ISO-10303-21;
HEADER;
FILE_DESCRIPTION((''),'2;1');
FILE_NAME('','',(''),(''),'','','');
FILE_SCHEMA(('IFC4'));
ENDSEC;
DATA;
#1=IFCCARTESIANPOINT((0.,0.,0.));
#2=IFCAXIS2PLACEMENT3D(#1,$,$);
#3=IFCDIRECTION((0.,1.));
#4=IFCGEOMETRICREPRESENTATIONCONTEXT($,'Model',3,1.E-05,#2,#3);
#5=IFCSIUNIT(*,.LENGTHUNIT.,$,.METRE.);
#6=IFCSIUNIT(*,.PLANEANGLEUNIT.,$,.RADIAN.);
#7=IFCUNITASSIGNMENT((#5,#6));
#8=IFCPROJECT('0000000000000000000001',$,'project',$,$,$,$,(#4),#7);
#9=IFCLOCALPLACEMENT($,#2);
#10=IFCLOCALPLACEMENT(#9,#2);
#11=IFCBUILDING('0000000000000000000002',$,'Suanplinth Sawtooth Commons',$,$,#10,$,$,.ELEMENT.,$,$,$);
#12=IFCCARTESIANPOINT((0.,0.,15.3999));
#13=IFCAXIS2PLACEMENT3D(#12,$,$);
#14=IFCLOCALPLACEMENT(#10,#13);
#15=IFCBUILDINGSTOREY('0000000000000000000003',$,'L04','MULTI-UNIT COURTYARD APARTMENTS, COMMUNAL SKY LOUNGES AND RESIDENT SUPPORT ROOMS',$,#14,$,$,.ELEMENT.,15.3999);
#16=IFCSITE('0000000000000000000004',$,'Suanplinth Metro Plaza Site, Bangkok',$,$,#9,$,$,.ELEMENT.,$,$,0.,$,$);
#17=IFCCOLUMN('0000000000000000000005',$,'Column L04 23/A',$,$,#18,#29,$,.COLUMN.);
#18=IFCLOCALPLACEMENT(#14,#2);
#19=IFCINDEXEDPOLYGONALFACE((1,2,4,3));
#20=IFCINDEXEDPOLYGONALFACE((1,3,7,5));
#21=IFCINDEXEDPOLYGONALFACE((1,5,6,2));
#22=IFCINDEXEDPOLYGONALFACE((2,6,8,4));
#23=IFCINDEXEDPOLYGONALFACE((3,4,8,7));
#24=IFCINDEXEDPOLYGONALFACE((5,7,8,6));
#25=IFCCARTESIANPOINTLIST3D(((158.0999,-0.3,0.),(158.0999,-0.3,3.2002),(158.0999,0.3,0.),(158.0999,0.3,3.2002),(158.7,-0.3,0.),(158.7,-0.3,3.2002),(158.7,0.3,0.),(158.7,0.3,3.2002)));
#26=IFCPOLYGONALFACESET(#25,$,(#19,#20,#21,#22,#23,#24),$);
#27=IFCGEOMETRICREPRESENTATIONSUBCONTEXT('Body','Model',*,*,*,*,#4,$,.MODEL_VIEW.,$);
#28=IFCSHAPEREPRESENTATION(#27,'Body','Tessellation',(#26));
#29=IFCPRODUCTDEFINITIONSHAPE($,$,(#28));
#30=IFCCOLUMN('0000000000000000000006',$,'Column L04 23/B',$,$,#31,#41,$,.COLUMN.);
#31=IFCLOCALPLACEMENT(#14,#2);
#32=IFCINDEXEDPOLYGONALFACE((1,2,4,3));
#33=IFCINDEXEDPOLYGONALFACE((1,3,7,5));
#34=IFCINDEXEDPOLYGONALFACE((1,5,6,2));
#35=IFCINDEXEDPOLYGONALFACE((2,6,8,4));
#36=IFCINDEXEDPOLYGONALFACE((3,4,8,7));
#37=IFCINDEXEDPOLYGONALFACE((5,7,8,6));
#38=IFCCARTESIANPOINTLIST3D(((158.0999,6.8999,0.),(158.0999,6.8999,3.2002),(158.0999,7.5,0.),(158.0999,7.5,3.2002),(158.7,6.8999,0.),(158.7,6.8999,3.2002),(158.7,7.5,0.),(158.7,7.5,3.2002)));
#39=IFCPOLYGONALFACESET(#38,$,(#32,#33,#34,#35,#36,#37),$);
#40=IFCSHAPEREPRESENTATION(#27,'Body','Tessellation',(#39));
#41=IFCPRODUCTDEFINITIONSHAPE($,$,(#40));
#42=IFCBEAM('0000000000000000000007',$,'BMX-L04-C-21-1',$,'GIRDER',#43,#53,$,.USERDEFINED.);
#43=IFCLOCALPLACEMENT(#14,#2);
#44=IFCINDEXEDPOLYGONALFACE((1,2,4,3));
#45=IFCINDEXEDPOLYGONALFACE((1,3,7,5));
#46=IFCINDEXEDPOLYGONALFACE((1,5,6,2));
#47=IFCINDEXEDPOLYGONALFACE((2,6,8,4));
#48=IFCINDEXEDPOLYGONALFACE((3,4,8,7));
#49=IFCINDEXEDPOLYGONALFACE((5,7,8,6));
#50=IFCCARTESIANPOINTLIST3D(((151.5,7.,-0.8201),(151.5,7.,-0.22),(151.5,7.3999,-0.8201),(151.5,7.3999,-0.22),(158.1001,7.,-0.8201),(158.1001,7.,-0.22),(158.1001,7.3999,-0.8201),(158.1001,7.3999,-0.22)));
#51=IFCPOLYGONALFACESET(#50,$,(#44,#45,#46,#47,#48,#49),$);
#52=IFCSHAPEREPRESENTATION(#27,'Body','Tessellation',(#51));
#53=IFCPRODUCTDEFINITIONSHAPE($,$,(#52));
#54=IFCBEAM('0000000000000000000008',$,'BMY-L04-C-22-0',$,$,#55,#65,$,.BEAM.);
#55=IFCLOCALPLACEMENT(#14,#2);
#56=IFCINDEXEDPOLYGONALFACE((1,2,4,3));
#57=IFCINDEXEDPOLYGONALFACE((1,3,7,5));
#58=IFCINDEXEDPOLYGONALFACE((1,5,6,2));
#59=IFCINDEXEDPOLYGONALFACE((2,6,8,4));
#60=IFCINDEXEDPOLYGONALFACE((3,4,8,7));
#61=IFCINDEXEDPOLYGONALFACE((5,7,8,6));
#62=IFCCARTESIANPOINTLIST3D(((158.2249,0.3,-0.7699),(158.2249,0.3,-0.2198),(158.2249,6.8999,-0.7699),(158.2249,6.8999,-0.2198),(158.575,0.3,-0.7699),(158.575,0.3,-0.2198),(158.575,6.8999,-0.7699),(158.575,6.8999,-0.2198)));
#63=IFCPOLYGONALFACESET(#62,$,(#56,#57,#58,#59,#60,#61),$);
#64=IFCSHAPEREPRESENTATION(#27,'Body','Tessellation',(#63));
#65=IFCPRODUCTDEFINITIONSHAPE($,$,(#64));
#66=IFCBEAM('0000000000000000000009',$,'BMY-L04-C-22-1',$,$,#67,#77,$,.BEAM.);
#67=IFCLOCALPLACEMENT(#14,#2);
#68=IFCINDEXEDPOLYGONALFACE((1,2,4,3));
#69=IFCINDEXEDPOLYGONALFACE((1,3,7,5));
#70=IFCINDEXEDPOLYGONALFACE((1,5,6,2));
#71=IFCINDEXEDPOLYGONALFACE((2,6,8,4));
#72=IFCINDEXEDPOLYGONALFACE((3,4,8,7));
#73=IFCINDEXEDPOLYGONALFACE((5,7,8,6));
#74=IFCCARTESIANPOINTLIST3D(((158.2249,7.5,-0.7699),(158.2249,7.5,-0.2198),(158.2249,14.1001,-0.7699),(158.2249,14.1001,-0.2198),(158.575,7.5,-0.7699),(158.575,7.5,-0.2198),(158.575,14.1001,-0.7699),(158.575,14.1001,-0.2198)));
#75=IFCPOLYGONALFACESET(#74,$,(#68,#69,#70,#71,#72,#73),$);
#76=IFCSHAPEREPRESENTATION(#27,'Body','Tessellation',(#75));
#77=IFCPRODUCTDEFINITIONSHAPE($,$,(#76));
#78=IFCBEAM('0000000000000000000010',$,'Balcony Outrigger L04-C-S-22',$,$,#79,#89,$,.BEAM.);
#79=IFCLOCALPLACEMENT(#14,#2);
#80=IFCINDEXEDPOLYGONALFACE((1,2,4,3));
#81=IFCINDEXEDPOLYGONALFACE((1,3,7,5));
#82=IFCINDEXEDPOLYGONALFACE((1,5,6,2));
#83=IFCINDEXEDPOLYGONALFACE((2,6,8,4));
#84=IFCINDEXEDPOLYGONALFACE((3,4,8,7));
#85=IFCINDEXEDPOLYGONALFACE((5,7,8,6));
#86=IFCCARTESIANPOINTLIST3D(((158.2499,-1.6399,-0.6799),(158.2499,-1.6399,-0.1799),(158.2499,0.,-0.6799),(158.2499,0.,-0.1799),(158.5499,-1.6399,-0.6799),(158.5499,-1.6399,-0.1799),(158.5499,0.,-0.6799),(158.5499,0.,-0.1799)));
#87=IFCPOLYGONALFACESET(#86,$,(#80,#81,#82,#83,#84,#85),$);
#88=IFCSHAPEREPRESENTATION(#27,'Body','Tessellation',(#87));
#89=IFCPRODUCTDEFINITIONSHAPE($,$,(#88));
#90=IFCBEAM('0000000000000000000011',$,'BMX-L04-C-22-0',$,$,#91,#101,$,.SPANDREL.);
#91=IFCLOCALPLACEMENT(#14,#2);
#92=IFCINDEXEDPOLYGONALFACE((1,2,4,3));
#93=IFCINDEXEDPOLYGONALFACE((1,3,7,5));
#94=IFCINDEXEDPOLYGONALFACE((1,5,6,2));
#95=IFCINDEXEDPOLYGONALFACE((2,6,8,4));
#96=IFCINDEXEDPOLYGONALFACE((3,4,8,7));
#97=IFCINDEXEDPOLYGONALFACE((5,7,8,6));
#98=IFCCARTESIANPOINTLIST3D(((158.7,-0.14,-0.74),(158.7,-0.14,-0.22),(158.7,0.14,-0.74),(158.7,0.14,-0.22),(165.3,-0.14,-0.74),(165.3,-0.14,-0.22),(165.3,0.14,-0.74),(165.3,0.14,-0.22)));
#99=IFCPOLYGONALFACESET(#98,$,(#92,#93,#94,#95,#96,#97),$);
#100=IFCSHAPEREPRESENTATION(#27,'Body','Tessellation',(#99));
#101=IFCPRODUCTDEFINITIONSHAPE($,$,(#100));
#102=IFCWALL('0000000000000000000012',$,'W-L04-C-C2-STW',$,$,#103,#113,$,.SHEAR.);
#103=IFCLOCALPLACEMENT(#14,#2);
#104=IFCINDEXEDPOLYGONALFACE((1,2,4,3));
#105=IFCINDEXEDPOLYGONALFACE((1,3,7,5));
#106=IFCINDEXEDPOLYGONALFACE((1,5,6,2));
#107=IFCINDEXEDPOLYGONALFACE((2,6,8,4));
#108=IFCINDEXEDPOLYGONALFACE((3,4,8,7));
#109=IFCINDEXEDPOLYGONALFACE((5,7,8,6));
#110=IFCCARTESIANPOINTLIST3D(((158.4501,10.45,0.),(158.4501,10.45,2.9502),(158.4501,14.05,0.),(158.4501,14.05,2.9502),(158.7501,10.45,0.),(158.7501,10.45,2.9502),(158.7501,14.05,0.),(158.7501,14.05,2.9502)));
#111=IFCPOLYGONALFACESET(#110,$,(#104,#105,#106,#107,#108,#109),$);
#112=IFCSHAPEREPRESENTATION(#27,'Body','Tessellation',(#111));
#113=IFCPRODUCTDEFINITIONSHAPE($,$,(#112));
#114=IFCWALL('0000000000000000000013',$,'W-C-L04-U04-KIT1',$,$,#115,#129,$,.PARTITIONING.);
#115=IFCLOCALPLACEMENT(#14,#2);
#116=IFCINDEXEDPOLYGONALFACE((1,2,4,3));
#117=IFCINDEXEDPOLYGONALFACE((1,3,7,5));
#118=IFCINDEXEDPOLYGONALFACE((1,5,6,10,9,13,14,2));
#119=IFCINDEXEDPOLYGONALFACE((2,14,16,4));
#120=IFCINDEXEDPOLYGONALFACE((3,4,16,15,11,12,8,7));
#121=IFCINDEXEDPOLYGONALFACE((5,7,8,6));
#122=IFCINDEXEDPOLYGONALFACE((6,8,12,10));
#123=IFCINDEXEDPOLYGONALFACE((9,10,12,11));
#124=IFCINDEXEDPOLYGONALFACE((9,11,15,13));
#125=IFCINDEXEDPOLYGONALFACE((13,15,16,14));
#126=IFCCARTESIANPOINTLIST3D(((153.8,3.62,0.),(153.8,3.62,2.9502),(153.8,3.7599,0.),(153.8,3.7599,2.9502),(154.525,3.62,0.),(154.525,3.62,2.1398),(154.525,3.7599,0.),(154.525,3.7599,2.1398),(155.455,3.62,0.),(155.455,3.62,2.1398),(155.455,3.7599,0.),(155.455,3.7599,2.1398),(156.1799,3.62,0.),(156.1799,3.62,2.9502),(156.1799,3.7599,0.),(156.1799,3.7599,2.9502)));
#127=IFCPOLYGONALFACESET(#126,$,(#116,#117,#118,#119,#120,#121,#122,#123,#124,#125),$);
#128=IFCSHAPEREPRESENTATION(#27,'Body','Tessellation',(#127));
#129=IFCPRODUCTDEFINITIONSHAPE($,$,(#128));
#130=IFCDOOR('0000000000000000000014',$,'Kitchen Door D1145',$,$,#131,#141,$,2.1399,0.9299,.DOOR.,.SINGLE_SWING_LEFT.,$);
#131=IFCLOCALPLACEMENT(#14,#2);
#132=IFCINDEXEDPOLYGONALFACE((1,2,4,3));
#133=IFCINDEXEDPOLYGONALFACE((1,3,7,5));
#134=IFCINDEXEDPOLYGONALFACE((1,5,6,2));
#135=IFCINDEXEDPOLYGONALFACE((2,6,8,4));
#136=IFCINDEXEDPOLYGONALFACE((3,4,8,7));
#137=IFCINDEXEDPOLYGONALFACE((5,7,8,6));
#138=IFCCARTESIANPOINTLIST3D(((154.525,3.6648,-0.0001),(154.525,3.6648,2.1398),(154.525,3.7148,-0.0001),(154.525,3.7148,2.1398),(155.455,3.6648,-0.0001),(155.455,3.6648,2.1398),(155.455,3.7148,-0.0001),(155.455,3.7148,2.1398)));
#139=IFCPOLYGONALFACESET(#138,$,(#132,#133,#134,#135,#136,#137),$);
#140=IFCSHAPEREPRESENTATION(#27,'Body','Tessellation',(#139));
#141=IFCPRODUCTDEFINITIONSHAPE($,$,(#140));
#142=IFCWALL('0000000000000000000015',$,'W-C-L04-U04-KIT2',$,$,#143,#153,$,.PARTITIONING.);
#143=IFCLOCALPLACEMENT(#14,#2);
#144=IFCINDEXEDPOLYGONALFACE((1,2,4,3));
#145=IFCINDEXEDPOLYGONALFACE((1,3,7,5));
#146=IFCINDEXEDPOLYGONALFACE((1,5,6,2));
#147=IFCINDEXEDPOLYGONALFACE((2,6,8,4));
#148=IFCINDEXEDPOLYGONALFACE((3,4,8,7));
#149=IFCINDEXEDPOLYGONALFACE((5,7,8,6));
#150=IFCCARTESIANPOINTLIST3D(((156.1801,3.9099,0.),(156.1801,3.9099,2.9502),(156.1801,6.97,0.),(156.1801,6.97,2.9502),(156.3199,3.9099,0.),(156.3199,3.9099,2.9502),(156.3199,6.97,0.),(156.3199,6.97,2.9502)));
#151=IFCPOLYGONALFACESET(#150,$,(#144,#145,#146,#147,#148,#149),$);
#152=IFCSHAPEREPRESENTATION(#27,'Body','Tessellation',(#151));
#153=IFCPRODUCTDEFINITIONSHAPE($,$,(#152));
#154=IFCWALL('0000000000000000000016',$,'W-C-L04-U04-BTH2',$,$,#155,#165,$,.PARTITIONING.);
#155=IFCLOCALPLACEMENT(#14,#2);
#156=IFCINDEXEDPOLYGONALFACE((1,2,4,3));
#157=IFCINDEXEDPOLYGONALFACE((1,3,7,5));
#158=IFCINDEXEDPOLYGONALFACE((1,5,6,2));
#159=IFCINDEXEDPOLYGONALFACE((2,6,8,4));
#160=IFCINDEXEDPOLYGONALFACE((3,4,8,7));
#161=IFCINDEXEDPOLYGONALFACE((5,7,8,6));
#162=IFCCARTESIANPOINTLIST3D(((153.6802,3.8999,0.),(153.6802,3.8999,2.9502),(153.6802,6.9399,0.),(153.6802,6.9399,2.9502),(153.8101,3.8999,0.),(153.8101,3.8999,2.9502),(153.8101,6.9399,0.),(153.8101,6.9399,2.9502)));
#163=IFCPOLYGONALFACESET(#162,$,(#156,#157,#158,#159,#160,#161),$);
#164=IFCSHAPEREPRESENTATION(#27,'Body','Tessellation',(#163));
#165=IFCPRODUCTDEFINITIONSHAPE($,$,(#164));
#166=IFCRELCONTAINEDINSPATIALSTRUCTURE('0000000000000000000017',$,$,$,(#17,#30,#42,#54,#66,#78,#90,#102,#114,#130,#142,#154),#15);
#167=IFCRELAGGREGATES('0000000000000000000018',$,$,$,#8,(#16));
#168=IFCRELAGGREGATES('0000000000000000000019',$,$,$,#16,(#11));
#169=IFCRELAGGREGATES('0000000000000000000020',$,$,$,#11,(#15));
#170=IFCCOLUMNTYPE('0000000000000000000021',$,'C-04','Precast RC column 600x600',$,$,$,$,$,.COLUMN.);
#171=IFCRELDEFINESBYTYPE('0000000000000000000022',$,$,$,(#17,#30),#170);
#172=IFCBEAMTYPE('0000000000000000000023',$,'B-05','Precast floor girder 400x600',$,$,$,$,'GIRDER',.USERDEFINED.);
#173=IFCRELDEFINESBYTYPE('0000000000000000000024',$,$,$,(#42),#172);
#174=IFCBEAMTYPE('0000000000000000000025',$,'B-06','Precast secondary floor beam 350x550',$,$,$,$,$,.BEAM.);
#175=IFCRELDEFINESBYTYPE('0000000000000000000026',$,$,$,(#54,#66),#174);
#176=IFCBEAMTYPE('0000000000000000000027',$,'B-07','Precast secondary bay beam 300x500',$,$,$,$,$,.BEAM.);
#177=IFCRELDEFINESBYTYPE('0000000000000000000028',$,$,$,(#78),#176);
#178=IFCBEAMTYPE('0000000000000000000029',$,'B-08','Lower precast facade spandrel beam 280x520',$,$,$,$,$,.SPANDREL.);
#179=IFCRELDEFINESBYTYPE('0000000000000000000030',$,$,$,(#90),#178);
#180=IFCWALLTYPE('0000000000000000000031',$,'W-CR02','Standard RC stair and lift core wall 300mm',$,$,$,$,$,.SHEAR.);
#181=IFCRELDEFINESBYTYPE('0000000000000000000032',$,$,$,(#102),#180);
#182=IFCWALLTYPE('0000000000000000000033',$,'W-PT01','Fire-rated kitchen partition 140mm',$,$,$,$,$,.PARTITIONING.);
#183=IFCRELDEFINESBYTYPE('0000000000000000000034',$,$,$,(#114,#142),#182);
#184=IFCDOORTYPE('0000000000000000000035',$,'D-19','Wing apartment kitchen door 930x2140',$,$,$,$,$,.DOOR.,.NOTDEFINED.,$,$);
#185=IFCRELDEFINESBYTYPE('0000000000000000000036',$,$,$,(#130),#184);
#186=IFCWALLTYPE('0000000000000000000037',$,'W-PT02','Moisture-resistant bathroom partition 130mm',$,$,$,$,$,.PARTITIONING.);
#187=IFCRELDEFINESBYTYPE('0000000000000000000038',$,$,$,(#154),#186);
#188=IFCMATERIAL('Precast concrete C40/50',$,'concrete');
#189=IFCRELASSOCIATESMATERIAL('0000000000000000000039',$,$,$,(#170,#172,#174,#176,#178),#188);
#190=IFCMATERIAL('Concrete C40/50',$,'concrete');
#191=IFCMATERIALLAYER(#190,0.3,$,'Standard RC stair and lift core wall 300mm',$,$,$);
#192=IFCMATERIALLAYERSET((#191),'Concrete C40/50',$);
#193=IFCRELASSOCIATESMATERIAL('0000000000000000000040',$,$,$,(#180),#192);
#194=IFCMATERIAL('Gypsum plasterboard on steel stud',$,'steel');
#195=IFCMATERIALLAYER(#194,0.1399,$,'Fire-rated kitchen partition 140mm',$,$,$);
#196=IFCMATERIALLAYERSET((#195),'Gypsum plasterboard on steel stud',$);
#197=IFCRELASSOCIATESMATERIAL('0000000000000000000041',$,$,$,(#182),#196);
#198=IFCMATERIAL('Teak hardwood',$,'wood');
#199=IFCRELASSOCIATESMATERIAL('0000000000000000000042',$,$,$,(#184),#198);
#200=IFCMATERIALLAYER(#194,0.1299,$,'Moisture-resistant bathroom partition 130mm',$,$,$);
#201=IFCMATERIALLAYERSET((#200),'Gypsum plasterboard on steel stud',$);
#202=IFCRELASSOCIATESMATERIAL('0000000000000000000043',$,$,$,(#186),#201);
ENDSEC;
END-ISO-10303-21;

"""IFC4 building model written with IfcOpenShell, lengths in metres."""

from ifc_helpers import new_model, si_unit, direction, frame, frame_2d, origin, origin_2d, place, context, subcontext, project, spatial, rectangle, extrude, material, layer, layer_set, material_profile, profile_set, type_object, element, fill, save


model = new_model("IFC4")

# Units and contexts
model_context = context("Model", 3, precision=1e-05, world=origin(), true_north=direction((0.0, 1.0)))
body_context = subcontext(model_context, "Body", "Model", "MODEL_VIEW")
ifc_project = project(units=[si_unit("LENGTHUNIT", "METRE"), si_unit("PLANEANGLEUNIT", "RADIAN")], contexts=[model_context])

# Site, building, storey
site_placement = place(None, origin())
site = spatial("IfcSite", under=ifc_project, at=site_placement, Name="Suanplinth Metro Plaza Site, Bangkok", CompositionType="ELEMENT", RefElevation=0.0)
building_placement = place(site_placement, origin())
building = spatial("IfcBuilding", under=site, at=building_placement, Name="Suanplinth Sawtooth Commons", CompositionType="ELEMENT")
storey_placement = place(building_placement, frame((0.0, 0.0, 15.3999)))
storey = spatial("IfcBuildingStorey", under=building, at=storey_placement, Name="L04", Description="MULTI-UNIT COURTYARD APARTMENTS, COMMUNAL SKY LOUNGES AND RESIDENT SUPPORT ROOMS", CompositionType="ELEMENT", Elevation=15.3999)

# Columns
ifc_material_1 = material(Name="Precast concrete C40/50", Category="concrete")
ifc_material_profile_1 = material_profile(ifc_material_1, rectangle(XDim=0.6001, YDim=0.6001, at=origin_2d()), Name="PC-COL 600x600")
ifc_profile_set_1 = profile_set([ifc_material_profile_1], Name="Precast concrete C40/50")
column_type = type_object("IfcColumnType", Name="C-04", Description="Precast RC column 600x600", PredefinedType="COLUMN", material=ifc_profile_set_1)
for number, where, z_axis, x_axis, name in (
    (1, (158.3999, 0.0, 0.0), (0.0, 0.0, 1.0), (1.0, 0.0, 0.0), "Column L04 23/A"),
    (2, (158.3999, 7.2, 0.0), (0.0, 0.0, 1.0), (1.0, 0.0, 0.0), "Column L04 23/B"),
):
    element("IfcColumn", number, at=place(storey_placement, frame(where, z_axis=z_axis, x_axis=x_axis)), inside=storey, type_object=column_type, Name=name, PredefinedType="COLUMN", context=body_context, shape_type="SweptSolid", body=[
        extrude(rectangle(XDim=0.6001, YDim=0.6001, at=origin_2d()), origin(), (0.0, 0.0, 1.0), 3.2002),
    ])

# Beams
ifc_material_profile_2 = material_profile(ifc_material_1, rectangle(XDim=0.3999, YDim=0.6001, at=origin_2d()), Name="PC-GDR 400x600")
ifc_profile_set_2 = profile_set([ifc_material_profile_2], Name="Precast concrete C40/50")
beam_type_1 = type_object("IfcBeamType", Name="B-05", Description="Precast floor girder 400x600", ElementType="GIRDER", PredefinedType="USERDEFINED", material=ifc_profile_set_2)
beam_1_placement = place(storey_placement, frame((151.5, 7.2, -0.52), z_axis=(1.0, 0.0, 0.0), x_axis=(0.0, 1.0, 0.0)))
element("IfcBeam", 3, at=beam_1_placement, inside=storey, type_object=beam_type_1, Name="BMX-L04-C-21-1", ObjectType="GIRDER", PredefinedType="USERDEFINED", context=body_context, shape_type="SweptSolid", body=[
    extrude(rectangle(XDim=0.3999, YDim=0.6001, at=origin_2d()), origin(), (0.0, 0.0, 1.0), 6.6001),
])
ifc_material_profile_3 = material_profile(ifc_material_1, rectangle(XDim=0.3501, YDim=0.55, at=origin_2d()), Name="PC-BM 350x550")
ifc_profile_set_3 = profile_set([ifc_material_profile_3], Name="Precast concrete C40/50")
beam_type_2 = type_object("IfcBeamType", Name="B-06", Description="Precast secondary floor beam 350x550", PredefinedType="BEAM", material=ifc_profile_set_3)
beam_2_placement = place(storey_placement, frame((158.3999, 0.3, -0.4949), z_axis=(0.0, 1.0, 0.0), x_axis=(-1.0, 0.0, 0.0)))
element("IfcBeam", 4, at=beam_2_placement, inside=storey, type_object=beam_type_2, Name="BMY-L04-C-22-0", PredefinedType="BEAM", context=body_context, shape_type="SweptSolid", body=[
    extrude(rectangle(XDim=0.3501, YDim=0.55, at=origin_2d()), origin(), (0.0, 0.0, 1.0), 6.5999),
])
beam_3_placement = place(storey_placement, frame((158.3999, 7.5, -0.4949), z_axis=(0.0, 1.0, 0.0), x_axis=(-1.0, 0.0, 0.0)))
element("IfcBeam", 5, at=beam_3_placement, inside=storey, type_object=beam_type_2, Name="BMY-L04-C-22-1", PredefinedType="BEAM", context=body_context, shape_type="SweptSolid", body=[
    extrude(rectangle(XDim=0.3501, YDim=0.55, at=origin_2d()), origin(), (0.0, 0.0, 1.0), 6.6001),
])
ifc_material_profile_4 = material_profile(ifc_material_1, rectangle(XDim=0.3, YDim=0.5, at=origin_2d()), Name="PC-BM 300x500")
ifc_profile_set_4 = profile_set([ifc_material_profile_4], Name="Precast concrete C40/50")
beam_type_3 = type_object("IfcBeamType", Name="B-07", Description="Precast secondary bay beam 300x500", PredefinedType="BEAM", material=ifc_profile_set_4)
beam_4_placement = place(storey_placement, frame((158.3999, 0.0, -0.4299), z_axis=(0.0, -1.0, 0.0), x_axis=(1.0, 0.0, 0.0)))
element("IfcBeam", 6, at=beam_4_placement, inside=storey, type_object=beam_type_3, Name="Balcony Outrigger L04-C-S-22", PredefinedType="BEAM", context=body_context, shape_type="SweptSolid", body=[
    extrude(rectangle(XDim=0.3, YDim=0.5, at=origin_2d()), origin(), (0.0, 0.0, 1.0), 1.6399),
])
ifc_material_profile_5 = material_profile(ifc_material_1, rectangle(XDim=0.28, YDim=0.52, at=origin_2d()), Name="PC-SP 280x520")
ifc_profile_set_5 = profile_set([ifc_material_profile_5], Name="Precast concrete C40/50")
beam_type_4 = type_object("IfcBeamType", Name="B-08", Description="Lower precast facade spandrel beam 280x520", PredefinedType="SPANDREL", material=ifc_profile_set_5)
beam_5_placement = place(storey_placement, frame((158.7, 0.0, -0.48), z_axis=(1.0, 0.0, 0.0), x_axis=(0.0, 1.0, 0.0)))
element("IfcBeam", 7, at=beam_5_placement, inside=storey, type_object=beam_type_4, Name="BMX-L04-C-22-0", PredefinedType="SPANDREL", context=body_context, shape_type="SweptSolid", body=[
    extrude(rectangle(XDim=0.28, YDim=0.52, at=origin_2d()), origin(), (0.0, 0.0, 1.0), 6.6001),
])

# Wall
ifc_material_2 = material(Name="Concrete C40/50", Category="concrete")
ifc_layer_1 = layer(ifc_material_2, 0.3, Name="Standard RC stair and lift core wall 300mm")
ifc_layer_set_1 = layer_set([ifc_layer_1], Name="Concrete C40/50")
wall_type_1 = type_object("IfcWallType", Name="W-CR02", Description="Standard RC stair and lift core wall 300mm", PredefinedType="SHEAR", material=ifc_layer_set_1)
wall_1_placement = place(storey_placement, frame((158.6001, 10.45, 0.0), z_axis=(0.0, 0.0, 1.0), x_axis=(0.0, 1.0, 0.0)))
element("IfcWall", 8, at=wall_1_placement, inside=storey, type_object=wall_type_1, Name="W-L04-C-C2-STW", PredefinedType="SHEAR", context=body_context, shape_type="SweptSolid", body=[
    extrude(rectangle(XDim=3.6001, YDim=0.3, at=frame_2d((1.8, 0.0))), origin(), (0.0, 0.0, 1.0), 2.9502),
])

# Wall, opening, door
ifc_material_3 = material(Name="Gypsum plasterboard on steel stud", Category="steel")
ifc_layer_2 = layer(ifc_material_3, 0.1399, Name="Fire-rated kitchen partition 140mm")
ifc_layer_set_2 = layer_set([ifc_layer_2], Name="Gypsum plasterboard on steel stud")
wall_type_2 = type_object("IfcWallType", Name="W-PT01", Description="Fire-rated kitchen partition 140mm", PredefinedType="PARTITIONING", material=ifc_layer_set_2)
wall_2_placement = place(storey_placement, frame((153.8, 3.6899, 0.0), z_axis=(0.0, 0.0, 1.0), x_axis=(1.0, 0.0, 0.0)))
wall_2 = element("IfcWall", 9, at=wall_2_placement, inside=storey, type_object=wall_type_2, Name="W-C-L04-U04-KIT1", PredefinedType="PARTITIONING", context=body_context, shape_type="SweptSolid", body=[
    extrude(rectangle(XDim=2.3799, YDim=0.1399, at=frame_2d((1.1899, 0.0))), origin(), (0.0, 0.0, 1.0), 2.9502),
])
opening_1_placement = place(wall_2_placement, frame((0.7251, 0.0, 0.0)))
opening_1 = element("IfcOpeningElement", 10, at=opening_1_placement, cuts=wall_2, PredefinedType="OPENING", context=body_context, shape_type="SweptSolid", body=[
    extrude(rectangle(XDim=0.9299, YDim=2.1399, at=frame_2d((0.4648, 1.0698))), frame((0.0, 0.085, 0.0), z_axis=(0.0, -1.0, 0.0), x_axis=(1.0, 0.0, 0.0)), (0.0, 0.0, 1.0), 0.1697),
])
ifc_material_4 = material(Name="Teak hardwood", Category="wood")
door_type_1 = type_object("IfcDoorType", Name="D-19", Description="Wing apartment kitchen door 930x2140", OperationType="NOTDEFINED", PredefinedType="DOOR", material=ifc_material_4)
door_1_placement = place(opening_1_placement, origin())
door_1 = element("IfcDoor", 11, at=door_1_placement, inside=storey, type_object=door_type_1, Name="Kitchen Door D1145", OperationType="SINGLE_SWING_LEFT", OverallHeight=2.1399, OverallWidth=0.9299, PredefinedType="DOOR", context=body_context, shape_type="SweptSolid", body=[
    extrude(rectangle(XDim=0.9299, YDim=2.1399, at=frame_2d((0.4648, 1.0698))), frame((0.0, 0.0249, 0.0), z_axis=(0.0, -1.0, 0.0), x_axis=(1.0, 0.0, 0.0)), (0.0, 0.0, 1.0), 0.05),
])
fill(opening_1, door_1)

# Walls
wall_3_placement = place(storey_placement, frame((156.25, 3.9099, 0.0), z_axis=(0.0, 0.0, 1.0), x_axis=(0.0, 1.0, 0.0)))
element("IfcWall", 12, at=wall_3_placement, inside=storey, type_object=wall_type_2, Name="W-C-L04-U04-KIT2", PredefinedType="PARTITIONING", context=body_context, shape_type="SweptSolid", body=[
    extrude(rectangle(XDim=3.0601, YDim=0.1399, at=frame_2d((1.53, 0.0))), origin(), (0.0, 0.0, 1.0), 2.9502),
])
ifc_layer_3 = layer(ifc_material_3, 0.1299, Name="Moisture-resistant bathroom partition 130mm")
ifc_layer_set_3 = layer_set([ifc_layer_3], Name="Gypsum plasterboard on steel stud")
wall_type_3 = type_object("IfcWallType", Name="W-PT02", Description="Moisture-resistant bathroom partition 130mm", PredefinedType="PARTITIONING", material=ifc_layer_set_3)
wall_4_placement = place(storey_placement, frame((153.7451, 3.8999, 0.0), z_axis=(0.0, 0.0, 1.0), x_axis=(0.0, 1.0, 0.0)))
element("IfcWall", 13, at=wall_4_placement, inside=storey, type_object=wall_type_3, Name="W-C-L04-U04-BTH2", PredefinedType="PARTITIONING", context=body_context, shape_type="SweptSolid", body=[
    extrude(rectangle(XDim=3.04, YDim=0.1299, at=frame_2d((1.52, 0.0))), origin(), (0.0, 0.0, 1.0), 2.9502),
])

save(model, "model.ifc")
